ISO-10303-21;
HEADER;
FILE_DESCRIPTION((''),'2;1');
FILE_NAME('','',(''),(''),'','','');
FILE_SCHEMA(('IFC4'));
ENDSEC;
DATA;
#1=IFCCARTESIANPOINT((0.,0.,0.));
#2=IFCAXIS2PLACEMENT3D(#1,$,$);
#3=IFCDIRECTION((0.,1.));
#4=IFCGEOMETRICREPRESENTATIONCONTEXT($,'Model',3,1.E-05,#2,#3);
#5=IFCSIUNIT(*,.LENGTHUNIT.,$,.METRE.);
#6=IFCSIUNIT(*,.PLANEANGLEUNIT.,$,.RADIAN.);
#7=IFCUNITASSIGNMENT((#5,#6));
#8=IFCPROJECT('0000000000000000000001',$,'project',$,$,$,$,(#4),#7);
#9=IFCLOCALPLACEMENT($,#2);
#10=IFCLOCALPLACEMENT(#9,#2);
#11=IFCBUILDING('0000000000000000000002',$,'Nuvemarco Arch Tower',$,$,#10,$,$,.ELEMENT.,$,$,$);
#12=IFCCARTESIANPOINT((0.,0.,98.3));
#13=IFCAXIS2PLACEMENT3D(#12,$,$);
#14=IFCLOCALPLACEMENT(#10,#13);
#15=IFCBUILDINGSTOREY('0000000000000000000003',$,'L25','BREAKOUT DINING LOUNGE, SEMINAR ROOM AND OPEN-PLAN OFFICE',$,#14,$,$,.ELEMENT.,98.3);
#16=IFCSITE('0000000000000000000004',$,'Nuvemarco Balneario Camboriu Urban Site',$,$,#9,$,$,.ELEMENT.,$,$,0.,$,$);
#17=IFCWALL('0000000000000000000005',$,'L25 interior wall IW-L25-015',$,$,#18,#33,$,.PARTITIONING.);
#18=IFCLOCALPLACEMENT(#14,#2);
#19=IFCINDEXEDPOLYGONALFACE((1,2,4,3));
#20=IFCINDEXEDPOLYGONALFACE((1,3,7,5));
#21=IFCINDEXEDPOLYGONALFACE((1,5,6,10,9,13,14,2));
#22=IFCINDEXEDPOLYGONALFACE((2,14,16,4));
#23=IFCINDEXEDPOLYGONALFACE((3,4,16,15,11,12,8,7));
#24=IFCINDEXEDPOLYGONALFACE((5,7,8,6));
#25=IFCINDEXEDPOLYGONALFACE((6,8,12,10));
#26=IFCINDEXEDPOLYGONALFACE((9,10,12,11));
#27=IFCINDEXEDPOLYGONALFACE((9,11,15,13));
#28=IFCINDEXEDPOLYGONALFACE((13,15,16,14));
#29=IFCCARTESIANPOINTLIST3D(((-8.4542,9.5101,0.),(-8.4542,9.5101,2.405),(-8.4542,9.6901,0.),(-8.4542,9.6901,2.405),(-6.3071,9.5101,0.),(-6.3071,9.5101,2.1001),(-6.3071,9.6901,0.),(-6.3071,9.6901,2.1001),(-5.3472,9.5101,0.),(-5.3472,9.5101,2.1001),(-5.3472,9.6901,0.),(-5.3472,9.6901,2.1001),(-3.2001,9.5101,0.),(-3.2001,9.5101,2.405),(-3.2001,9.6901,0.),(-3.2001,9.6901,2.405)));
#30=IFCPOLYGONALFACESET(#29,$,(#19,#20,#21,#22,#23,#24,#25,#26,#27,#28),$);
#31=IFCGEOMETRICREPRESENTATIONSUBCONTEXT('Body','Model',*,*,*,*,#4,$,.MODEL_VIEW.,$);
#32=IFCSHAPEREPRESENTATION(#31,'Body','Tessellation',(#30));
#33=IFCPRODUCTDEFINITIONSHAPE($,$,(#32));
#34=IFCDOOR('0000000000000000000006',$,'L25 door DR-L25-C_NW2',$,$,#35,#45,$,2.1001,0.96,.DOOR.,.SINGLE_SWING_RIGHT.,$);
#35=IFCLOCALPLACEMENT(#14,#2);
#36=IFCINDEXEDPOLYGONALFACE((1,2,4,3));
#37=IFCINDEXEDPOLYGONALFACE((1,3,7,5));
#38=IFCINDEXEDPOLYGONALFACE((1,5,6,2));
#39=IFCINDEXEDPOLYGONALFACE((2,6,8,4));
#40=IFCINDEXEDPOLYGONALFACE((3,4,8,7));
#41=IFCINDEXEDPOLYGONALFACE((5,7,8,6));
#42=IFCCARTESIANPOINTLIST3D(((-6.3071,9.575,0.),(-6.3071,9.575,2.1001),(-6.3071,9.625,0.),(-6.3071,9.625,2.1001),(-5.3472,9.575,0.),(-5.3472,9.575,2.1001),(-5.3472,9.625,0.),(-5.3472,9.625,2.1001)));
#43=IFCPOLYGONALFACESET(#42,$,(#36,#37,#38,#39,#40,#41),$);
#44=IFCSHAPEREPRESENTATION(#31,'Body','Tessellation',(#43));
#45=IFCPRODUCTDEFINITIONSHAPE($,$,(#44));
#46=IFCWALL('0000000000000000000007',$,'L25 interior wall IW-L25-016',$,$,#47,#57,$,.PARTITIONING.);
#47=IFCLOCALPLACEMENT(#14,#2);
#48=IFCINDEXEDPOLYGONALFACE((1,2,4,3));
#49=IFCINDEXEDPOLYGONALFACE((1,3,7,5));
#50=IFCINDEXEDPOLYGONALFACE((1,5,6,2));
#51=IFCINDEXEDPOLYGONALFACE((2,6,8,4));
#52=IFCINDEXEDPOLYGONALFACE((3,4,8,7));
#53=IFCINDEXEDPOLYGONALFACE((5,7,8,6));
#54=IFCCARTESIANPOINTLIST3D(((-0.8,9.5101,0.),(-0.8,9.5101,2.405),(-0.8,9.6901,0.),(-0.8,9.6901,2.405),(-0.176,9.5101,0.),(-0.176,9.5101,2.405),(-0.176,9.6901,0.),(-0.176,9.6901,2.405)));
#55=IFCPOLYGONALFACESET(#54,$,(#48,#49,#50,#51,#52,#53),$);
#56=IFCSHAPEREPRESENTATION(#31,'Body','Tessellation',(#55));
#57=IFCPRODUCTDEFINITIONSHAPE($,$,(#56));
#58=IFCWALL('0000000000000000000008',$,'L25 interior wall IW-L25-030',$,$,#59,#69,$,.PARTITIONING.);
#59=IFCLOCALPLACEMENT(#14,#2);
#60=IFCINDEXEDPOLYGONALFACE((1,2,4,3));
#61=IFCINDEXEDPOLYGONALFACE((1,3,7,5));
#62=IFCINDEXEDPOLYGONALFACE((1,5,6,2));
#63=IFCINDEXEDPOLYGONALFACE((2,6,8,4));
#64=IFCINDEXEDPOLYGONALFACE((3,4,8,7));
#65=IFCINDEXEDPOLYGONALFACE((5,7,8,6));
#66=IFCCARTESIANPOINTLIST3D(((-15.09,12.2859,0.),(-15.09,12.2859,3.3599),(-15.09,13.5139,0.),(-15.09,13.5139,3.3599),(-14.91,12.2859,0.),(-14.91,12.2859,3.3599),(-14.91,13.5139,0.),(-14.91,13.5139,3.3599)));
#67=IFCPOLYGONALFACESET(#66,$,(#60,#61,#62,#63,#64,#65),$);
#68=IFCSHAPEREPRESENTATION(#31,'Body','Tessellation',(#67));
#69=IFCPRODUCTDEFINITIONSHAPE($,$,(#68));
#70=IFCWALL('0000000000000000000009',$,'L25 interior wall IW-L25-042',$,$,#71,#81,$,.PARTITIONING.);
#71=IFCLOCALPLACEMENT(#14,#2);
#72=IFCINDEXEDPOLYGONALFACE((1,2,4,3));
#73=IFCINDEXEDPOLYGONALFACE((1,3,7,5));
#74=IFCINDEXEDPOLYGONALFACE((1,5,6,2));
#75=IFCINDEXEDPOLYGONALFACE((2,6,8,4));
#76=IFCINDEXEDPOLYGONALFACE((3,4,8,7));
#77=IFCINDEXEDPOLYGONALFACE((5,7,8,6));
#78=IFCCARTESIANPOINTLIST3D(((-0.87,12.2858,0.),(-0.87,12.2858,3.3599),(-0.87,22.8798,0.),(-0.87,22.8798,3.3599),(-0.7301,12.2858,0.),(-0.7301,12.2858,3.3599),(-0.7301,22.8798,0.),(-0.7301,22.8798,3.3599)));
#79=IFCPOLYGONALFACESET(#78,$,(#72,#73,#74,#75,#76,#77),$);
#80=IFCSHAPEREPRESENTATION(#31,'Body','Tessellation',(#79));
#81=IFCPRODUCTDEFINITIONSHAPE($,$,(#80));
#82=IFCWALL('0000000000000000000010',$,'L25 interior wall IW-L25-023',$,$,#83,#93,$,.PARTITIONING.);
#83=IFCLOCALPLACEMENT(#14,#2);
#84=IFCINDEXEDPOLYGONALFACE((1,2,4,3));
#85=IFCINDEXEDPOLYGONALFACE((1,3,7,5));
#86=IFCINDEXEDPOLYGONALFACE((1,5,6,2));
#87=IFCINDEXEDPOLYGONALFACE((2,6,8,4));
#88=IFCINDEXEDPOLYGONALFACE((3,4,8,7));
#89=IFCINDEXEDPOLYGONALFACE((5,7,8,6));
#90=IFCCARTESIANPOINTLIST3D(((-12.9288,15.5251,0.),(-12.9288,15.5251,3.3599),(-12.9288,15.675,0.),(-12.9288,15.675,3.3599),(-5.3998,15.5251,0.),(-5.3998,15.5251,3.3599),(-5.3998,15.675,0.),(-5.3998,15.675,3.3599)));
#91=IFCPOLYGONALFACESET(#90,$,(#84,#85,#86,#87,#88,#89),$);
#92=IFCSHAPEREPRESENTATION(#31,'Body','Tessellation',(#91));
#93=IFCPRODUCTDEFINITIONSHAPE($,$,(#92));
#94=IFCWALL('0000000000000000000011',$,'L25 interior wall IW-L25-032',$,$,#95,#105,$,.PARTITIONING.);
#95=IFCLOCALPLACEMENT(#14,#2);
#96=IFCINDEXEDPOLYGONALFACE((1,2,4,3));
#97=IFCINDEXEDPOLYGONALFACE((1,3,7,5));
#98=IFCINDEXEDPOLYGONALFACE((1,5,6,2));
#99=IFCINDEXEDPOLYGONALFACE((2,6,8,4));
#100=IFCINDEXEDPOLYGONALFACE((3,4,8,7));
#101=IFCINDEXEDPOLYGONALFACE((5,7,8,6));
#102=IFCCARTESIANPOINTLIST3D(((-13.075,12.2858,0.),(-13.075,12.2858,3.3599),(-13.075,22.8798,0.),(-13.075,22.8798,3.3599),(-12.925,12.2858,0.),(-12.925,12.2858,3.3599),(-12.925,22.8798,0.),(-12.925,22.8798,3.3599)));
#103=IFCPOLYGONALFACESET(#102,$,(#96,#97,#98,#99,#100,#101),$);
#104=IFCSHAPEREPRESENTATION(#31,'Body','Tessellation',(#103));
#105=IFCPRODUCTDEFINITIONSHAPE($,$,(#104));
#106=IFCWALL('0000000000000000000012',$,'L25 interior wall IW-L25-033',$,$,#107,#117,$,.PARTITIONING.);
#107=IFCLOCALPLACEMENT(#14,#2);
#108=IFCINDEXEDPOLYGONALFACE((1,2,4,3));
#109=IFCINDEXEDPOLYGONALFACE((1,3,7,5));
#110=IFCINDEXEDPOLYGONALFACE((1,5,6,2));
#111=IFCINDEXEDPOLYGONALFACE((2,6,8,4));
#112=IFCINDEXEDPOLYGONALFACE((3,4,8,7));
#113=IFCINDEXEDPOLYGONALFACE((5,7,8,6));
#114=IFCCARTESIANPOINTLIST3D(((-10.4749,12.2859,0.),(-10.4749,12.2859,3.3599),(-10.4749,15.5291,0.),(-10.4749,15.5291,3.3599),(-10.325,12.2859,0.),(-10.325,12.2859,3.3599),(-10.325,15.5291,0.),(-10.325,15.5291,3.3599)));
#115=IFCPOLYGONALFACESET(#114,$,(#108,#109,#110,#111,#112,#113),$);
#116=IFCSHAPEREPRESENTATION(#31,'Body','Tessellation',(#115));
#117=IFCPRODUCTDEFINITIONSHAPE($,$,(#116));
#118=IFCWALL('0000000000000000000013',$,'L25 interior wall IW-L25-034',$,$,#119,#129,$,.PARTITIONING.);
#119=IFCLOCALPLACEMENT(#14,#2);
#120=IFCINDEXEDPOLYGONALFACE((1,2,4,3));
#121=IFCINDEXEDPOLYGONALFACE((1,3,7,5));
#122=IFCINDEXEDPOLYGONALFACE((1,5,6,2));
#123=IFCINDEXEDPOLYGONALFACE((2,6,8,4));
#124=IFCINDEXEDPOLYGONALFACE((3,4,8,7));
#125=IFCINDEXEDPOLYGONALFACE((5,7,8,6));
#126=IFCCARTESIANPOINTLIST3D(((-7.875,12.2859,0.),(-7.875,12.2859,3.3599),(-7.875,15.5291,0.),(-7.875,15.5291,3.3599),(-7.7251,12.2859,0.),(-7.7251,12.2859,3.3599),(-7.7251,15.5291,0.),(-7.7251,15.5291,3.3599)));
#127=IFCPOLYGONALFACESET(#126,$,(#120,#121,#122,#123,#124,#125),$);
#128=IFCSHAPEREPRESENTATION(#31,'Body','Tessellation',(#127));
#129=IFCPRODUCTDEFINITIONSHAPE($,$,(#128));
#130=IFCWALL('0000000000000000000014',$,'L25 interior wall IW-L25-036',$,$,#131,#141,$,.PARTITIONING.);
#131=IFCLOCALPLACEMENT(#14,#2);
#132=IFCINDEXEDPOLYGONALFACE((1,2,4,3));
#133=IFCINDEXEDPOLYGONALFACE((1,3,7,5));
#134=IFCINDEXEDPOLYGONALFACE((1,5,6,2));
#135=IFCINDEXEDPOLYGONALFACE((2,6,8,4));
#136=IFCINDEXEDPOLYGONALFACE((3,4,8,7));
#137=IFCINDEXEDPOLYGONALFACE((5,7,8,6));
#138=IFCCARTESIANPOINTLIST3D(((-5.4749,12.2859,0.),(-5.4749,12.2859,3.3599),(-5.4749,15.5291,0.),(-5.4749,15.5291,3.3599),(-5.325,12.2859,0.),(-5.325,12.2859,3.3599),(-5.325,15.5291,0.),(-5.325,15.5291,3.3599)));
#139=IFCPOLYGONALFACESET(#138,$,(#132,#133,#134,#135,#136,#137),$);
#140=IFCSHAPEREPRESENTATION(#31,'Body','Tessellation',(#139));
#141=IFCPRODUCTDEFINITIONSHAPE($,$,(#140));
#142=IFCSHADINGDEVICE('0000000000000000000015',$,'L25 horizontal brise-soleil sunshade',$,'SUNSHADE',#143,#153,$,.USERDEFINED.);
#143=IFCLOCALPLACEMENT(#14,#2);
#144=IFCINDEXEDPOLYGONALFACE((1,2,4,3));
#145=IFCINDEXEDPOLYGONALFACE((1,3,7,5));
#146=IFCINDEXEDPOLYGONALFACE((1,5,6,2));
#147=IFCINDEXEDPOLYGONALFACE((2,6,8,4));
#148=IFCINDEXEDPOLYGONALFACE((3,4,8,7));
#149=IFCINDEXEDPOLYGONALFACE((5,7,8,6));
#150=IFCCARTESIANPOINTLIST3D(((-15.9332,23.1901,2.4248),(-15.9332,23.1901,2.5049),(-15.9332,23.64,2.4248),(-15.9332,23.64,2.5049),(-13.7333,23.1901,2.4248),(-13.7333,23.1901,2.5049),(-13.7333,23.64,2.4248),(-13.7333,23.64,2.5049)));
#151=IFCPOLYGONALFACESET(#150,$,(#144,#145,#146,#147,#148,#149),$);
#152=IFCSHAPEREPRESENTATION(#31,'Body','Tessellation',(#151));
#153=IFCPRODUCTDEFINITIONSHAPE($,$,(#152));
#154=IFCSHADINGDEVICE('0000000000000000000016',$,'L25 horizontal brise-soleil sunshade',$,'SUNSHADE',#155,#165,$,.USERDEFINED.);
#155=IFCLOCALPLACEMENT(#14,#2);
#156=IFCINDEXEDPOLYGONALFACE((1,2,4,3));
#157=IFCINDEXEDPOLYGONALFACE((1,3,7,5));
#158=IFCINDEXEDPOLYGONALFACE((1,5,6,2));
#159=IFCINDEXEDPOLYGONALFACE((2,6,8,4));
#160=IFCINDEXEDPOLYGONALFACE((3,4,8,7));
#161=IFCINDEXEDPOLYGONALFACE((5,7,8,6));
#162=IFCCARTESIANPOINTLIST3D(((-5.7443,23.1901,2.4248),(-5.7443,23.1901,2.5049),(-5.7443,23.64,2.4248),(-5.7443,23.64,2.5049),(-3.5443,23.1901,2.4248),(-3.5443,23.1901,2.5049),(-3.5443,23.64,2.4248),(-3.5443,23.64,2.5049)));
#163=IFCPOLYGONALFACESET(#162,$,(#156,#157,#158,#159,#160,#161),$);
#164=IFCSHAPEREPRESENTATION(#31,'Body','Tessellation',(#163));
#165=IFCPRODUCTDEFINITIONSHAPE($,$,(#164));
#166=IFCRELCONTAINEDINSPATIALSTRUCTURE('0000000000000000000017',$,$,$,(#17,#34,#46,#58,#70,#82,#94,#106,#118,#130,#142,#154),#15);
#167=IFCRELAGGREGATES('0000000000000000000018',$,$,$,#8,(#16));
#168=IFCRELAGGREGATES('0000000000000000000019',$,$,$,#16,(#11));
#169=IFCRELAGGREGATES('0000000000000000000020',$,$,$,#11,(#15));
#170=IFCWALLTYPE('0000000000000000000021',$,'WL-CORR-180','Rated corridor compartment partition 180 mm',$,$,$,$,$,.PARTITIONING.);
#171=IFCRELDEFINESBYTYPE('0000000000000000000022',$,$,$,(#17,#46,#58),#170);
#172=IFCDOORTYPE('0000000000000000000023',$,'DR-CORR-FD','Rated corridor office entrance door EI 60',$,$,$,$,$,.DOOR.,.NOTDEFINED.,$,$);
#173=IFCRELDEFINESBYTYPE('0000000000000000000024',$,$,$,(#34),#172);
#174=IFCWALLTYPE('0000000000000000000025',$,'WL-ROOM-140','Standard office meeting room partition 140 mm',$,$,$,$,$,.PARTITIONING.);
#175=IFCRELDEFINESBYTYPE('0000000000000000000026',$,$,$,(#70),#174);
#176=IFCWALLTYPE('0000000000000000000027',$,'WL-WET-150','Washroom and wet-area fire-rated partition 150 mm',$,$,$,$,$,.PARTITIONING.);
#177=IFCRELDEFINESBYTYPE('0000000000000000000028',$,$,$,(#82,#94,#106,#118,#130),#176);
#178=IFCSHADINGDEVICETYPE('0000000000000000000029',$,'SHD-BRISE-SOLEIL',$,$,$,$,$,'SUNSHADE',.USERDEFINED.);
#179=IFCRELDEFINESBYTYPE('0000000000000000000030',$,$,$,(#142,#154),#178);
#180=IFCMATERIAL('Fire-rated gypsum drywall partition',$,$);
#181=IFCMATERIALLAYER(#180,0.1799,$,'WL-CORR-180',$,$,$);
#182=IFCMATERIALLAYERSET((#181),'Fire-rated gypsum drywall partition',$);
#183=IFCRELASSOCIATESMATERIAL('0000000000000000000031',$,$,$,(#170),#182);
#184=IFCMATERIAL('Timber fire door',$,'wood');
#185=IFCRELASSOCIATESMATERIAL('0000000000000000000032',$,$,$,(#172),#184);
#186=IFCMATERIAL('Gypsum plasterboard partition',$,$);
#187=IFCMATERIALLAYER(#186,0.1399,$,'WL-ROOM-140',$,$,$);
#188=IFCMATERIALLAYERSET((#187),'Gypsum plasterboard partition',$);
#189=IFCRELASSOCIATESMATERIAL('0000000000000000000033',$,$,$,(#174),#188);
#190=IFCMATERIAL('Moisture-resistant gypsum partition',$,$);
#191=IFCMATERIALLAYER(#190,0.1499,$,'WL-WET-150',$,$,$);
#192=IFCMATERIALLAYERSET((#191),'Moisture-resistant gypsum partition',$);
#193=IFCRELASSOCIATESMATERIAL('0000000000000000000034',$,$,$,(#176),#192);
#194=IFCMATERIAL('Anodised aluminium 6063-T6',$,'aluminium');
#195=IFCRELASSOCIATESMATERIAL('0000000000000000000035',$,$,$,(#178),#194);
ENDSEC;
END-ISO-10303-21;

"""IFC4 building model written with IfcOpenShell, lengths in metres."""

from ifc_helpers import new_model, si_unit, direction, frame, frame_2d, origin, origin_2d, place, context, subcontext, project, spatial, rectangle, extrude, source, transform, mapped, material, layer, layer_set, type_object, type_shapes, element, fill, save


model = new_model("IFC4")

# Units and contexts
model_context = context("Model", 3, precision=1e-05, world=origin(), true_north=direction((0.0, 1.0)))
body_context = subcontext(model_context, "Body", "Model", "MODEL_VIEW")
ifc_project = project(units=[si_unit("LENGTHUNIT", "METRE"), si_unit("PLANEANGLEUNIT", "RADIAN")], contexts=[model_context])

# Site, building, storey
site_placement = place(None, origin())
site = spatial("IfcSite", under=ifc_project, at=site_placement, Name="Nuvemarco Balneario Camboriu Urban Site", CompositionType="ELEMENT", RefElevation=0.0)
building_placement = place(site_placement, origin())
building = spatial("IfcBuilding", under=site, at=building_placement, Name="Nuvemarco Arch Tower", CompositionType="ELEMENT")
storey_placement = place(building_placement, frame((0.0, 0.0, 98.3)))
storey = spatial("IfcBuildingStorey", under=building, at=storey_placement, Name="L25", Description="BREAKOUT DINING LOUNGE, SEMINAR ROOM AND OPEN-PLAN OFFICE", CompositionType="ELEMENT", Elevation=98.3)

# Wall, opening, door
ifc_material_1 = material(Name="Fire-rated gypsum drywall partition")
ifc_layer_1 = layer(ifc_material_1, 0.1799, Name="WL-CORR-180")
ifc_layer_set_1 = layer_set([ifc_layer_1], Name="Fire-rated gypsum drywall partition")
wall_type_1 = type_object("IfcWallType", Name="WL-CORR-180", Description="Rated corridor compartment partition 180 mm", PredefinedType="PARTITIONING", material=ifc_layer_set_1)
wall_1_placement = place(storey_placement, frame((-8.4541, 9.6001, 0.0), z_axis=(0.0, 0.0, 1.0), x_axis=(1.0, 0.0, 0.0)))
wall_1 = element("IfcWall", 1, at=wall_1_placement, inside=storey, type_object=wall_type_1, Name="L25 interior wall IW-L25-015", PredefinedType="PARTITIONING", context=body_context, shape_type="SweptSolid", body=[
    extrude(rectangle(XDim=5.2542, YDim=0.1799, at=frame_2d((2.627, 0.0))), origin(), (0.0, 0.0, 1.0), 2.405),
])
opening_placement = place(wall_1_placement, frame((2.147, 0.0, 0.0)))
opening = element("IfcOpeningElement", 2, at=opening_placement, cuts=wall_1, PredefinedType="OPENING", context=body_context, shape_type="SweptSolid", body=[
    extrude(rectangle(XDim=0.96, YDim=2.1001, at=frame_2d((0.48, 1.05))), frame((0.0, 0.0999, 0.0), z_axis=(0.0, -1.0, 0.0), x_axis=(1.0, 0.0, 0.0)), (0.0, 0.0, 1.0), 0.2),
])
ifc_material_2 = material(Name="Timber fire door", Category="wood")
door_type = type_object("IfcDoorType", Name="DR-CORR-FD", Description="Rated corridor office entrance door EI 60", OperationType="NOTDEFINED", PredefinedType="DOOR", material=ifc_material_2)
shared_shape_1 = source(origin(), body_context, "Body", "SweptSolid", [
    extrude(rectangle(XDim=0.96, YDim=2.1001, at=frame_2d((0.48, 1.05))), frame((0.0, 0.0249, 0.0), z_axis=(0.0, -1.0, 0.0), x_axis=(1.0, 0.0, 0.0)), (0.0, 0.0, 1.0), 0.05),
])
type_shapes(door_type, [shared_shape_1])
door_placement = place(opening_placement, origin())
door = element("IfcDoor", 3, at=door_placement, inside=storey, type_object=door_type, Name="L25 door DR-L25-C_NW2", OperationType="SINGLE_SWING_RIGHT", OverallHeight=2.1001, OverallWidth=0.96, PredefinedType="DOOR", context=body_context, shape_type="MappedRepresentation", body=[
    mapped(shared_shape_1, transform((0.0, 0.0, 0.0), scale=1.0)),
])
fill(opening, door)

# Walls
wall_2_placement = place(storey_placement, frame((-0.8, 9.6001, 0.0), z_axis=(0.0, 0.0, 1.0), x_axis=(1.0, 0.0, 0.0)))
element("IfcWall", 4, at=wall_2_placement, inside=storey, type_object=wall_type_1, Name="L25 interior wall IW-L25-016", PredefinedType="PARTITIONING", context=body_context, shape_type="SweptSolid", body=[
    extrude(rectangle(XDim=0.624, YDim=0.1799, at=frame_2d((0.312, 0.0))), origin(), (0.0, 0.0, 1.0), 2.405),
])
wall_3_placement = place(storey_placement, frame((-15.0, 12.2859, 0.0), z_axis=(0.0, 0.0, 1.0), x_axis=(0.0, 1.0, 0.0)))
element("IfcWall", 5, at=wall_3_placement, inside=storey, type_object=wall_type_1, Name="L25 interior wall IW-L25-030", PredefinedType="PARTITIONING", context=body_context, shape_type="SweptSolid", body=[
    extrude(rectangle(XDim=1.228, YDim=0.1799, at=frame_2d((0.614, 0.0))), origin(), (0.0, 0.0, 1.0), 3.3599),
])
ifc_material_3 = material(Name="Gypsum plasterboard partition")
ifc_layer_2 = layer(ifc_material_3, 0.1399, Name="WL-ROOM-140")
ifc_layer_set_2 = layer_set([ifc_layer_2], Name="Gypsum plasterboard partition")
wall_type_2 = type_object("IfcWallType", Name="WL-ROOM-140", Description="Standard office meeting room partition 140 mm", PredefinedType="PARTITIONING", material=ifc_layer_set_2)
wall_4_placement = place(storey_placement, frame((-0.8, 12.2859, 0.0), z_axis=(0.0, 0.0, 1.0), x_axis=(0.0, 1.0, 0.0)))
element("IfcWall", 6, at=wall_4_placement, inside=storey, type_object=wall_type_2, Name="L25 interior wall IW-L25-042", PredefinedType="PARTITIONING", context=body_context, shape_type="SweptSolid", body=[
    extrude(rectangle(XDim=10.594, YDim=0.1399, at=frame_2d((5.2969, 0.0))), origin(), (0.0, 0.0, 1.0), 3.3599),
])
ifc_material_4 = material(Name="Moisture-resistant gypsum partition")
ifc_layer_3 = layer(ifc_material_4, 0.1499, Name="WL-WET-150")
ifc_layer_set_3 = layer_set([ifc_layer_3], Name="Moisture-resistant gypsum partition")
wall_type_3 = type_object("IfcWallType", Name="WL-WET-150", Description="Washroom and wet-area fire-rated partition 150 mm", PredefinedType="PARTITIONING", material=ifc_layer_set_3)
wall_5_placement = place(storey_placement, frame((-12.929, 15.6001, 0.0), z_axis=(0.0, 0.0, 1.0), x_axis=(1.0, 0.0, 0.0)))
element("IfcWall", 7, at=wall_5_placement, inside=storey, type_object=wall_type_3, Name="L25 interior wall IW-L25-023", PredefinedType="PARTITIONING", context=body_context, shape_type="SweptSolid", body=[
    extrude(rectangle(XDim=7.5291, YDim=0.1499, at=frame_2d((3.7646, 0.0))), origin(), (0.0, 0.0, 1.0), 3.3599),
])
wall_6_placement = place(storey_placement, frame((-13.0, 12.2859, 0.0), z_axis=(0.0, 0.0, 1.0), x_axis=(0.0, 1.0, 0.0)))
element("IfcWall", 8, at=wall_6_placement, inside=storey, type_object=wall_type_3, Name="L25 interior wall IW-L25-032", PredefinedType="PARTITIONING", context=body_context, shape_type="SweptSolid", body=[
    extrude(rectangle(XDim=10.594, YDim=0.1499, at=frame_2d((5.2969, 0.0))), origin(), (0.0, 0.0, 1.0), 3.3599),
])
for number, where, z_axis, x_axis, name in (
    (9, (-10.3999, 12.2859, 0.0), (0.0, 0.0, 1.0), (0.0, 1.0, 0.0), "L25 interior wall IW-L25-033"),
    (10, (-7.8, 12.2859, 0.0), (0.0, 0.0, 1.0), (0.0, 1.0, 0.0), "L25 interior wall IW-L25-034"),
    (11, (-5.3999, 12.2859, 0.0), (0.0, 0.0, 1.0), (0.0, 1.0, 0.0), "L25 interior wall IW-L25-036"),
):
    element("IfcWall", number, at=place(storey_placement, frame(where, z_axis=z_axis, x_axis=x_axis)), inside=storey, type_object=wall_type_3, Name=name, PredefinedType="PARTITIONING", context=body_context, shape_type="SweptSolid", body=[
        extrude(rectangle(XDim=3.2432, YDim=0.1499, at=frame_2d((1.6216, 0.0))), origin(), (0.0, 0.0, 1.0), 3.3599),
    ])

# Shading devices
ifc_material_5 = material(Name="Anodised aluminium 6063-T6", Category="aluminium")
shading_device_type = type_object("IfcShadingDeviceType", Name="SHD-BRISE-SOLEIL", ElementType="SUNSHADE", PredefinedType="USERDEFINED", material=ifc_material_5)
shared_shape_2 = source(origin(), body_context, "Body", "SweptSolid", [
    extrude(rectangle(XDim=2.2, YDim=0.45, at=origin_2d()), origin(), (0.0, 0.0, 1.0), 0.0801),
])
type_shapes(shading_device_type, [shared_shape_2])
for number, where, z_axis, x_axis, name in (
    (12, (-14.8333, 23.415, 2.4248), (0.0, 0.0, 1.0), (1.0, 0.0, 0.0), "L25 horizontal brise-soleil sunshade"),
    (13, (-4.6443, 23.415, 2.4248), (0.0, 0.0, 1.0), (1.0, 0.0, 0.0), "L25 horizontal brise-soleil sunshade"),
):
    element("IfcShadingDevice", number, at=place(storey_placement, frame(where, z_axis=z_axis, x_axis=x_axis)), inside=storey, type_object=shading_device_type, Name=name, ObjectType="SUNSHADE", PredefinedType="USERDEFINED", context=body_context, shape_type="MappedRepresentation", body=[
        mapped(shared_shape_2, transform((0.0, 0.0, 0.0), scale=1.0)),
    ])

save(model, "model.ifc")
